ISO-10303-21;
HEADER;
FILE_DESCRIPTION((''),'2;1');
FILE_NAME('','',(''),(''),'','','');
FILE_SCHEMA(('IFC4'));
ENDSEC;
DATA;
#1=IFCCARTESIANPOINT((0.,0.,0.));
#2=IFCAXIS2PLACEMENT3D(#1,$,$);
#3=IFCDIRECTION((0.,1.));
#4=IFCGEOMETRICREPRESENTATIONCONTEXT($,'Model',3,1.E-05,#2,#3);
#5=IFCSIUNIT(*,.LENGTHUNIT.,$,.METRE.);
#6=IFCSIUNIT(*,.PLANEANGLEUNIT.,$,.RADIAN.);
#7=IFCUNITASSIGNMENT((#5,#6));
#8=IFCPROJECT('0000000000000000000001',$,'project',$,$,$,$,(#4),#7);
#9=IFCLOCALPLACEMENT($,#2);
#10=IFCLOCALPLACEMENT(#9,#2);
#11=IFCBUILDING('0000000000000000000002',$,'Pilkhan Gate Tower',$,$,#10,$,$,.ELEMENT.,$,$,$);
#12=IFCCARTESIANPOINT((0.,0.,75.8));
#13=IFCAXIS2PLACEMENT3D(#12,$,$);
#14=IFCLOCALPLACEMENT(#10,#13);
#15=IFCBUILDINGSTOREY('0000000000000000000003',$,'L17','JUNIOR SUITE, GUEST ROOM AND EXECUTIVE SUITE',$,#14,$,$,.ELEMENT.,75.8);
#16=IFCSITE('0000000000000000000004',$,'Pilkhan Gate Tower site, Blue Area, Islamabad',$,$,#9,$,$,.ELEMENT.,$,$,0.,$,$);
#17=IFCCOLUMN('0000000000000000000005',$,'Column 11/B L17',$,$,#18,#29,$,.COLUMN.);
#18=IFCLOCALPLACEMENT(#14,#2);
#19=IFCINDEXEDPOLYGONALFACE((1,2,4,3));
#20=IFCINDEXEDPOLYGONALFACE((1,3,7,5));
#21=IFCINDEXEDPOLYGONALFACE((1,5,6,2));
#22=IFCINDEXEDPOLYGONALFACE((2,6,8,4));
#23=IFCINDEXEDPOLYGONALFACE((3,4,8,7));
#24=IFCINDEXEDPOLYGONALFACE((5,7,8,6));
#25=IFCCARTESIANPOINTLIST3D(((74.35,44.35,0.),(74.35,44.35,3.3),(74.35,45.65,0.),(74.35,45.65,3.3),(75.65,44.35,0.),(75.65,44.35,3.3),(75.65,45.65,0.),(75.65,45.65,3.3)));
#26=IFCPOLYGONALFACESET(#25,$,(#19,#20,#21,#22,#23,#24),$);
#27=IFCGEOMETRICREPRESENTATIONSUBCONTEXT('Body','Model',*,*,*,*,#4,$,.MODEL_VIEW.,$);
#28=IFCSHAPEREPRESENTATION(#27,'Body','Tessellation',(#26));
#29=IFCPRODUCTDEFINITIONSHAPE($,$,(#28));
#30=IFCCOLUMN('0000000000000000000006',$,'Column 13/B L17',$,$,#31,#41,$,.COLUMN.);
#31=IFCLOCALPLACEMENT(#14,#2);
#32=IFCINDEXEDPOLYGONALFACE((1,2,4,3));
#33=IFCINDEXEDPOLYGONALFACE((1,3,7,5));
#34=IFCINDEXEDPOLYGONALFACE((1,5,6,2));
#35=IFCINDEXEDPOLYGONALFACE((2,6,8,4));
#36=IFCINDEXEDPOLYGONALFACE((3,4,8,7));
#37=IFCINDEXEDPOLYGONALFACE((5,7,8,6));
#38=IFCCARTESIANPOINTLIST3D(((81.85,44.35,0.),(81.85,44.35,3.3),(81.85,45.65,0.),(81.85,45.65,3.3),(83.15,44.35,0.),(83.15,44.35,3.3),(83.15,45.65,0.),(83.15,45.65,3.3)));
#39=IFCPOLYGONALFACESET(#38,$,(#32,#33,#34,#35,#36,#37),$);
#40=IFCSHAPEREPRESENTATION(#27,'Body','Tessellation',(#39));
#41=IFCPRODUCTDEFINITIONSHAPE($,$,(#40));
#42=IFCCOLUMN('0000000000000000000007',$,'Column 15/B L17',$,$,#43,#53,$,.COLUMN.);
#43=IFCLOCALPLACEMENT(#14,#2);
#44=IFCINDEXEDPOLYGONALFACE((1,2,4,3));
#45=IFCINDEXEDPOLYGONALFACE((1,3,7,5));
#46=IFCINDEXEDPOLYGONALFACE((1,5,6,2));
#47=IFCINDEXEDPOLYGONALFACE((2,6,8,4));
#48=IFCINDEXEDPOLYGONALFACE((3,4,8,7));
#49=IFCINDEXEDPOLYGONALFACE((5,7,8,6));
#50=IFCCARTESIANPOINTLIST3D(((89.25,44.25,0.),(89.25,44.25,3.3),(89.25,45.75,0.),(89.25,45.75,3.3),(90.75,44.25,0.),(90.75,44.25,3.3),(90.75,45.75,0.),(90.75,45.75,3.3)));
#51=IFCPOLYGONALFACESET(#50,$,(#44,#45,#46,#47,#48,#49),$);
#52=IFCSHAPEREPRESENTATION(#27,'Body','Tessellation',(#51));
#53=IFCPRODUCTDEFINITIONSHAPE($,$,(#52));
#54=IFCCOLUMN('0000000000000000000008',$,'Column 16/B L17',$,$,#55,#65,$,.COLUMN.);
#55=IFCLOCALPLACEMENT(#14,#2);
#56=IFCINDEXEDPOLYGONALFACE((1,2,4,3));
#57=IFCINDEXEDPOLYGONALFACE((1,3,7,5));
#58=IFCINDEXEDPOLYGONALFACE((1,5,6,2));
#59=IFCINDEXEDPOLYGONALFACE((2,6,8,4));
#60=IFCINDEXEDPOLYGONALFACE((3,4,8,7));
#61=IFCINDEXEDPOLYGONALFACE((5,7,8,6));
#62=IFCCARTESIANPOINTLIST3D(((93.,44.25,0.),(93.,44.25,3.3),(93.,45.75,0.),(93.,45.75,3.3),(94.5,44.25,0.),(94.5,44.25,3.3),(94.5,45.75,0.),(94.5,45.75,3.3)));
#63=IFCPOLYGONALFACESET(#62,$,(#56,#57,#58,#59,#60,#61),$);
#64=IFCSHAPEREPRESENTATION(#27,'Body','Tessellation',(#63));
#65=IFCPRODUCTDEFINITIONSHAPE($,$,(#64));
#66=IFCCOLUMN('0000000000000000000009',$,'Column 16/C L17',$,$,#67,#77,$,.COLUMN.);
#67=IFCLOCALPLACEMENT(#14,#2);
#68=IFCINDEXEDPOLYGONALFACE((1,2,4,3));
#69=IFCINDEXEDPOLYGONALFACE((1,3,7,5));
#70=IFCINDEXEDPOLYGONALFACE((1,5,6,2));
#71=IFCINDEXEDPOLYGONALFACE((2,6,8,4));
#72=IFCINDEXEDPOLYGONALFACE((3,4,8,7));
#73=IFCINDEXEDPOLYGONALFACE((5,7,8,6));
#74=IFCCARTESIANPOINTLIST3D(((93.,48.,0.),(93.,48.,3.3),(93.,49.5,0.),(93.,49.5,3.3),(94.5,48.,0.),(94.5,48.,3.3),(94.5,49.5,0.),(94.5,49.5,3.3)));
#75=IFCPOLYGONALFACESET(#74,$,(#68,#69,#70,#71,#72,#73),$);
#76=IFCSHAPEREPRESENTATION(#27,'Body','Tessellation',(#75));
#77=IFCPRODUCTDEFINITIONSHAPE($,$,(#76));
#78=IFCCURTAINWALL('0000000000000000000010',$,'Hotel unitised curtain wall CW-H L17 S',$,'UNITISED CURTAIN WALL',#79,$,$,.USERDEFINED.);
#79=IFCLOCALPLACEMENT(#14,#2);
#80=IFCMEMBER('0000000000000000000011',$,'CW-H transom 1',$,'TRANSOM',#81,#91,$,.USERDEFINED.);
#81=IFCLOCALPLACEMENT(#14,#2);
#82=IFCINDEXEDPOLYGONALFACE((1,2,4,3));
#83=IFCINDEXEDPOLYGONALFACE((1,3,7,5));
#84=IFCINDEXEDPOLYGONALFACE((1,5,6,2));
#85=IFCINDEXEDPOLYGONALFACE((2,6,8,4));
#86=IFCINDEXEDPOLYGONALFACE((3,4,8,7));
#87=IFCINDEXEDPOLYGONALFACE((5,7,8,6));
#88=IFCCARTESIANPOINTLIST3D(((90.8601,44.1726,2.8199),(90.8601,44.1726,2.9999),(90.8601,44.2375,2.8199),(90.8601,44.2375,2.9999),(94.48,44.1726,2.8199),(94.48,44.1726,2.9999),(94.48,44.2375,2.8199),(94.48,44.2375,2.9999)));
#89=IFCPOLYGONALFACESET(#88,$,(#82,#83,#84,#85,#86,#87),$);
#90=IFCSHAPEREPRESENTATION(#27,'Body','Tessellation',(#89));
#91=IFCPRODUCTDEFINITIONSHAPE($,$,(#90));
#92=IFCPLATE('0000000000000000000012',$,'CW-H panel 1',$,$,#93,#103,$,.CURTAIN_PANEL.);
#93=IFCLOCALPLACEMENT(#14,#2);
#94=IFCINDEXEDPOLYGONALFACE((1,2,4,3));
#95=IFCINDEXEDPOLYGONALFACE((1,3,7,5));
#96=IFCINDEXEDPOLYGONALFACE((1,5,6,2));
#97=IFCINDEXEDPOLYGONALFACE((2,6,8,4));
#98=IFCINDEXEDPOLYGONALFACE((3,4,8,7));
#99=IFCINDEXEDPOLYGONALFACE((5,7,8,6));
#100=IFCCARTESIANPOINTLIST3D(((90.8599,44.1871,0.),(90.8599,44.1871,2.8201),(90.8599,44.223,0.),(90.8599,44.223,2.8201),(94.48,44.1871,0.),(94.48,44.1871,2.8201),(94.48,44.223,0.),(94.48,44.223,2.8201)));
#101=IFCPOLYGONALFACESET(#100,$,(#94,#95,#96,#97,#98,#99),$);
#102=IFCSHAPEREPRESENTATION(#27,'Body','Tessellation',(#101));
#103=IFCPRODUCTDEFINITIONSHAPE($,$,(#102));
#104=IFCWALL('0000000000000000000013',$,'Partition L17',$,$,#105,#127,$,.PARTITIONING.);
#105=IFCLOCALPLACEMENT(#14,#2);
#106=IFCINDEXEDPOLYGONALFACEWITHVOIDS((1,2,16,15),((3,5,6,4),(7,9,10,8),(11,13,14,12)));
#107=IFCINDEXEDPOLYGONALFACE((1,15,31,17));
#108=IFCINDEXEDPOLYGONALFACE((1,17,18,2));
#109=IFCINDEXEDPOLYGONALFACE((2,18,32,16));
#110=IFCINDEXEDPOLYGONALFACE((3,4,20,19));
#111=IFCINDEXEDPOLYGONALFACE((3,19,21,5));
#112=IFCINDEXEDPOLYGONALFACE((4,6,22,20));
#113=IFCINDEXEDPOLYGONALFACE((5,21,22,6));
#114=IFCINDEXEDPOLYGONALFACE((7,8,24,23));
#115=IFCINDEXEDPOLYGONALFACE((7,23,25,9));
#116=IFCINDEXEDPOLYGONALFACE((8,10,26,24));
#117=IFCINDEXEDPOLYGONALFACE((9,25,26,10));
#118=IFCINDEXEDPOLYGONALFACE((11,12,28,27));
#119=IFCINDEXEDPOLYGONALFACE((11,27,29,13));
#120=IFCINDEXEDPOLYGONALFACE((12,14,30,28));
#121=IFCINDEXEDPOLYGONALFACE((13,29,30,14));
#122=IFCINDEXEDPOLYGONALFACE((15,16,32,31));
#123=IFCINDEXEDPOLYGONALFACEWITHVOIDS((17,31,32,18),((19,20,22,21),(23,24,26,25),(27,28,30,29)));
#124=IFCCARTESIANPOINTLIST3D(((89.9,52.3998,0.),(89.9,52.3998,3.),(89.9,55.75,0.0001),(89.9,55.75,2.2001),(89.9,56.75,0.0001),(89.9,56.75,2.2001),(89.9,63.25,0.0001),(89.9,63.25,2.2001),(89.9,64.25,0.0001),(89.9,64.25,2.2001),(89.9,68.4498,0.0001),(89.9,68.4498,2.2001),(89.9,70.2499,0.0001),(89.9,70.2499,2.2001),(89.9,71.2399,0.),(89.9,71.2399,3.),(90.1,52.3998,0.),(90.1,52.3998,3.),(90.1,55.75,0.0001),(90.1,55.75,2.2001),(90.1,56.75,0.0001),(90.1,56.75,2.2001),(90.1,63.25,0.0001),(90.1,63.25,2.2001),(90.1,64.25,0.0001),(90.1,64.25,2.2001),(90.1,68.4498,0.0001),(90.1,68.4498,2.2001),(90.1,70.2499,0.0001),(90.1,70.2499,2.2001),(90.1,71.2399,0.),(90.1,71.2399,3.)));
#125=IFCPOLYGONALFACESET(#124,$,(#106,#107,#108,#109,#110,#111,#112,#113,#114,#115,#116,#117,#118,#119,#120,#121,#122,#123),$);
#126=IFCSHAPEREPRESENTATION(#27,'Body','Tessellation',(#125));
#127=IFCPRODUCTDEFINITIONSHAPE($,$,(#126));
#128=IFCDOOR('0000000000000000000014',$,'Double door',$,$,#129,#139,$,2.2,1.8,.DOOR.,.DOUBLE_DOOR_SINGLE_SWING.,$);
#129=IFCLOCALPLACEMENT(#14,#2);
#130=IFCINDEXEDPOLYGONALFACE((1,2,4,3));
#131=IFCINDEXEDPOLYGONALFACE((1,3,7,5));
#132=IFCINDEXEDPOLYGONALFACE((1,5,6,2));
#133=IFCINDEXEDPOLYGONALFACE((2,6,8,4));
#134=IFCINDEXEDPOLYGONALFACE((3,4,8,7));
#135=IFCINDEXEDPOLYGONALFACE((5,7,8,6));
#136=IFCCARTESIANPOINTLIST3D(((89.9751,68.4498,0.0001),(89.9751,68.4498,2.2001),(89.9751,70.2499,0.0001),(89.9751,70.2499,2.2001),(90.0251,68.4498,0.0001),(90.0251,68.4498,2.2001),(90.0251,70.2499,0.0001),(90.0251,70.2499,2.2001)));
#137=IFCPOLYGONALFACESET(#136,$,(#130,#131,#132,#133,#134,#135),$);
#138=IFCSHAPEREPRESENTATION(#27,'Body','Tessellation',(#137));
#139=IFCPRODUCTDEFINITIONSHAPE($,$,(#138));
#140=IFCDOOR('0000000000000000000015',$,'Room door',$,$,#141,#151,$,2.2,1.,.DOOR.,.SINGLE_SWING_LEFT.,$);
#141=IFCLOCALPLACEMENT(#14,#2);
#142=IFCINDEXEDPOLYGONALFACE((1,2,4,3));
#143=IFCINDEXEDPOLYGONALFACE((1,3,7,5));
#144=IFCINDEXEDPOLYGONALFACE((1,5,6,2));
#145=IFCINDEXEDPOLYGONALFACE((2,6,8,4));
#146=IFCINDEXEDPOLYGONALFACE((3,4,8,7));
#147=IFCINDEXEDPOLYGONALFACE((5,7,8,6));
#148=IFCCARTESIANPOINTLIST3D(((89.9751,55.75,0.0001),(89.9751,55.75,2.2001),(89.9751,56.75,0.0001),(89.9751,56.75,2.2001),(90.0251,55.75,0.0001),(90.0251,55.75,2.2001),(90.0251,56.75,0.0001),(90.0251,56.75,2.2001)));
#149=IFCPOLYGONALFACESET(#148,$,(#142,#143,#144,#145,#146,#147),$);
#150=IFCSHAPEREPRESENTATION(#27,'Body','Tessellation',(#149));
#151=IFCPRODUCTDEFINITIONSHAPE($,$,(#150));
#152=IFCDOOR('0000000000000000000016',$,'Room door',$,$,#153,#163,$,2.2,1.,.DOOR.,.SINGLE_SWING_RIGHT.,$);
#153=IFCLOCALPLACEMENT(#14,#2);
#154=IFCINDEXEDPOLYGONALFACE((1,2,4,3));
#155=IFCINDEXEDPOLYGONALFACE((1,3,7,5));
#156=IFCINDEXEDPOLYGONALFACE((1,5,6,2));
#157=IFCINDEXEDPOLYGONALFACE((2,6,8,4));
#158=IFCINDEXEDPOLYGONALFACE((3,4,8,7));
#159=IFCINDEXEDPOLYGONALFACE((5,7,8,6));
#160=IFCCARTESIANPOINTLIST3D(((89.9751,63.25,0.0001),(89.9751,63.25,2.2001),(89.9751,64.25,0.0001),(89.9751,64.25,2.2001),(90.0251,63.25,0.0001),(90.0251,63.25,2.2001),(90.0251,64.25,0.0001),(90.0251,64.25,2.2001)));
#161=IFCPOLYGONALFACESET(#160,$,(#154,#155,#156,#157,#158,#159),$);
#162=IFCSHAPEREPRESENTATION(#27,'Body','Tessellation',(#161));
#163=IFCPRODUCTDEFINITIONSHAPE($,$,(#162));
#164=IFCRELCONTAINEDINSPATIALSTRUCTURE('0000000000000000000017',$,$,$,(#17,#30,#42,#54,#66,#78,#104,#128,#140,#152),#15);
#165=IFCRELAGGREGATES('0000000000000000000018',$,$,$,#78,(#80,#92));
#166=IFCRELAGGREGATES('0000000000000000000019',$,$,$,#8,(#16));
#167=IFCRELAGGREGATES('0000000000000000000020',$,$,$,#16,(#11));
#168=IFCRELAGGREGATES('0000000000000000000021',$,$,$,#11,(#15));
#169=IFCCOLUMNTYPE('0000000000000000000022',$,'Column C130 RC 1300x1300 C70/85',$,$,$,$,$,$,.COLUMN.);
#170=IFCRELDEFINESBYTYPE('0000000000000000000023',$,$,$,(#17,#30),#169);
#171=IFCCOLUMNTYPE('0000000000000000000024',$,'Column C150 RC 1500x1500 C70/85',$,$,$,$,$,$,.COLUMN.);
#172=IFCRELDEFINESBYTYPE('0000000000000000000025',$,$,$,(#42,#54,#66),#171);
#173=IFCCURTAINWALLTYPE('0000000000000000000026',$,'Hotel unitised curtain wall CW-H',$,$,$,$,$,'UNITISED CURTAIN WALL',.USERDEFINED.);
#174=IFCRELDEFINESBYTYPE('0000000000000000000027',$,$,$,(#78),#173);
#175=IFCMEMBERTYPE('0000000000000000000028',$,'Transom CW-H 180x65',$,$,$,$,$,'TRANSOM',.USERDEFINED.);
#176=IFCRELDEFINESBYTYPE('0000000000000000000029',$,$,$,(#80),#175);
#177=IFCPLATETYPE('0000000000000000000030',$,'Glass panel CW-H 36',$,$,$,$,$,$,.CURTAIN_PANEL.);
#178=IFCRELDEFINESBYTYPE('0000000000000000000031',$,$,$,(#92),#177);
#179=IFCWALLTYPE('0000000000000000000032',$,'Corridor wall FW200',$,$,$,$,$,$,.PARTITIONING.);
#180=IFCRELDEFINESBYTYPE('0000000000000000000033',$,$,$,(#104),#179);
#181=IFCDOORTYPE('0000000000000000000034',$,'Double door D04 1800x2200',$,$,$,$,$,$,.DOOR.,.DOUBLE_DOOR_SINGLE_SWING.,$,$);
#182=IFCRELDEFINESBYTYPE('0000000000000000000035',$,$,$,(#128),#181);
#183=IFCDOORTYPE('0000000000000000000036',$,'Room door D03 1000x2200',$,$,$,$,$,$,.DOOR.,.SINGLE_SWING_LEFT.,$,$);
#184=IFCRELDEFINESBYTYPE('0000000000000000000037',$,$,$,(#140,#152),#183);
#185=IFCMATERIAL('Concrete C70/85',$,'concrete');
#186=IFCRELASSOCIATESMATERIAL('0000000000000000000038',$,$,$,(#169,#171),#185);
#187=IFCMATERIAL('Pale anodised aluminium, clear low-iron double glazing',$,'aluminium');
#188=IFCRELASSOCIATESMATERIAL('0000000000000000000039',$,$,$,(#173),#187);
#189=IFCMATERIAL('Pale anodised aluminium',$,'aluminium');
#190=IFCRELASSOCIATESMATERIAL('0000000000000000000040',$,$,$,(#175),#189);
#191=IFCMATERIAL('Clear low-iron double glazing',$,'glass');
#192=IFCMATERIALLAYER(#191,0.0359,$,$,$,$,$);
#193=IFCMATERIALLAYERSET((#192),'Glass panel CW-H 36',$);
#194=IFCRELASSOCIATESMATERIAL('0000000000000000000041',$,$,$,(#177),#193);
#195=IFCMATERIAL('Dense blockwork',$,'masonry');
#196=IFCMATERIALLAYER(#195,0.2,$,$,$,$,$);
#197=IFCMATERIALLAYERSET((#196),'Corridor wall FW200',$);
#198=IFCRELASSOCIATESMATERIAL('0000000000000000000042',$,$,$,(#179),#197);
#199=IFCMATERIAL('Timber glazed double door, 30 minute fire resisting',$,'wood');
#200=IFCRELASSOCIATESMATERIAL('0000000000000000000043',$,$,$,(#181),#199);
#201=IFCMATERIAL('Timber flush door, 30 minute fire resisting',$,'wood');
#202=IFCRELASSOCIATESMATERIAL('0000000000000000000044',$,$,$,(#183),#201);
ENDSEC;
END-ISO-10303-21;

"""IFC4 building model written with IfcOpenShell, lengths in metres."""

from ifc_helpers import new_model, si_unit, direction, frame, frame_2d, origin, origin_2d, place, context, subcontext, project, spatial, rectangle, extrude, material, layer, layer_set, material_profile, profile_set, type_object, element, fill, aggregate, save


model = new_model("IFC4")

# Units and contexts
model_context = context("Model", 3, precision=1e-05, world=origin(), true_north=direction((0.0, 1.0)))
body_context = subcontext(model_context, "Body", "Model", "MODEL_VIEW")
ifc_project = project(units=[si_unit("LENGTHUNIT", "METRE"), si_unit("PLANEANGLEUNIT", "RADIAN")], contexts=[model_context])

# Site, building, storey
site_placement = place(None, origin())
site = spatial("IfcSite", under=ifc_project, at=site_placement, Name="Pilkhan Gate Tower site, Blue Area, Islamabad", CompositionType="ELEMENT", RefElevation=0.0)
building_placement = place(site_placement, origin())
building = spatial("IfcBuilding", under=site, at=building_placement, Name="Pilkhan Gate Tower", CompositionType="ELEMENT")
storey_placement = place(building_placement, frame((0.0, 0.0, 75.8)))
storey = spatial("IfcBuildingStorey", under=building, at=storey_placement, Name="L17", Description="JUNIOR SUITE, GUEST ROOM AND EXECUTIVE SUITE", CompositionType="ELEMENT", Elevation=75.8)

# Columns
ifc_material_1 = material(Name="Concrete C70/85", Category="concrete")
ifc_material_profile_1 = material_profile(ifc_material_1, rectangle(XDim=1.3, YDim=1.3, at=origin_2d()), Name="RC 1300x1300")
ifc_profile_set_1 = profile_set([ifc_material_profile_1], Name="Concrete C70/85")
column_type_1 = type_object("IfcColumnType", Name="Column C130 RC 1300x1300 C70/85", PredefinedType="COLUMN", material=ifc_profile_set_1)
for number, where, z_axis, x_axis, name in (
    (1, (75.0, 45.0, 0.0), (0.0, 0.0, 1.0), (1.0, 0.0, 0.0), "Column 11/B L17"),
    (2, (82.5, 45.0, 0.0), (0.0, 0.0, 1.0), (1.0, 0.0, 0.0), "Column 13/B L17"),
):
    element("IfcColumn", number, at=place(storey_placement, frame(where, z_axis=z_axis, x_axis=x_axis)), inside=storey, type_object=column_type_1, Name=name, PredefinedType="COLUMN", context=body_context, shape_type="SweptSolid", body=[
        extrude(rectangle(XDim=1.3, YDim=1.3, at=origin_2d()), origin(), (0.0, 0.0, 1.0), 3.3),
    ])
ifc_material_profile_2 = material_profile(ifc_material_1, rectangle(XDim=1.5, YDim=1.5, at=origin_2d()), Name="RC 1500x1500")
ifc_profile_set_2 = profile_set([ifc_material_profile_2], Name="Concrete C70/85")
column_type_2 = type_object("IfcColumnType", Name="Column C150 RC 1500x1500 C70/85", PredefinedType="COLUMN", material=ifc_profile_set_2)
for number, where, z_axis, x_axis, name in (
    (3, (90.0, 45.0, 0.0), (0.0, 0.0, 1.0), (1.0, 0.0, 0.0), "Column 15/B L17"),
    (4, (93.75, 45.0, 0.0), (0.0, 0.0, 1.0), (1.0, 0.0, 0.0), "Column 16/B L17"),
    (5, (93.75, 48.75, 0.0), (0.0, 0.0, 1.0), (1.0, 0.0, 0.0), "Column 16/C L17"),
):
    element("IfcColumn", number, at=place(storey_placement, frame(where, z_axis=z_axis, x_axis=x_axis)), inside=storey, type_object=column_type_2, Name=name, PredefinedType="COLUMN", context=body_context, shape_type="SweptSolid", body=[
        extrude(rectangle(XDim=1.5, YDim=1.5, at=origin_2d()), origin(), (0.0, 0.0, 1.0), 3.3),
    ])

# Curtain wall, member, plate
ifc_material_2 = material(Name="Pale anodised aluminium, clear low-iron double glazing", Category="aluminium")
curtain_wall_type = type_object("IfcCurtainWallType", Name="Hotel unitised curtain wall CW-H", ElementType="UNITISED CURTAIN WALL", PredefinedType="USERDEFINED", material=ifc_material_2)
curtain_wall_placement = place(storey_placement, origin())
curtain_wall = element("IfcCurtainWall", 6, at=curtain_wall_placement, inside=storey, type_object=curtain_wall_type, Name="Hotel unitised curtain wall CW-H L17 S", ObjectType="UNITISED CURTAIN WALL", PredefinedType="USERDEFINED")
ifc_material_3 = material(Name="Pale anodised aluminium", Category="aluminium")
ifc_material_profile_3 = material_profile(ifc_material_3, rectangle(XDim=0.0649, YDim=0.1799, at=origin_2d()), Name="Transom 180x65")
ifc_profile_set_3 = profile_set([ifc_material_profile_3], Name="Pale anodised aluminium")
member_type = type_object("IfcMemberType", Name="Transom CW-H 180x65", ElementType="TRANSOM", PredefinedType="USERDEFINED", material=ifc_profile_set_3)
member_placement = place(storey_placement, frame((90.8601, 44.2051, 2.9099), z_axis=(1.0, 0.0, 0.0), x_axis=(0.0, 1.0, 0.0)))
member = element("IfcMember", 7, at=member_placement, type_object=member_type, Name="CW-H transom 1", ObjectType="TRANSOM", PredefinedType="USERDEFINED", context=body_context, shape_type="SweptSolid", body=[
    extrude(rectangle(XDim=0.0649, YDim=0.1799, at=origin_2d()), origin(), (0.0, 0.0, 1.0), 3.6199),
])
ifc_material_4 = material(Name="Clear low-iron double glazing", Category="glass")
ifc_layer_1 = layer(ifc_material_4, 0.0359)
ifc_layer_set_1 = layer_set([ifc_layer_1], Name="Glass panel CW-H 36")
plate_type = type_object("IfcPlateType", Name="Glass panel CW-H 36", PredefinedType="CURTAIN_PANEL", material=ifc_layer_set_1)
plate_placement = place(storey_placement, frame((92.6699, 44.2051, 0.0), z_axis=(0.0, 0.0, 1.0), x_axis=(1.0, 0.0, 0.0)))
plate = element("IfcPlate", 8, at=plate_placement, type_object=plate_type, Name="CW-H panel 1", PredefinedType="CURTAIN_PANEL", context=body_context, shape_type="SweptSolid", body=[
    extrude(rectangle(XDim=3.6201, YDim=0.0359, at=origin_2d()), origin(), (0.0, 0.0, 1.0), 2.8201),
])
aggregate(curtain_wall, [member, plate])

# Wall, openings, doors
ifc_material_5 = material(Name="Dense blockwork", Category="masonry")
ifc_layer_2 = layer(ifc_material_5, 0.2)
ifc_layer_set_2 = layer_set([ifc_layer_2], Name="Corridor wall FW200")
wall_type_1 = type_object("IfcWallType", Name="Corridor wall FW200", PredefinedType="PARTITIONING", material=ifc_layer_set_2)
wall_1_placement = place(storey_placement, frame((90.0, 52.3999, 0.0), z_axis=(0.0, 0.0, 1.0), x_axis=(0.0, 1.0, 0.0)))
wall_1 = element("IfcWall", 9, at=wall_1_placement, inside=storey, type_object=wall_type_1, Name="Partition L17", PredefinedType="PARTITIONING", context=body_context, shape_type="SweptSolid", body=[
    extrude(rectangle(XDim=18.8401, YDim=0.2, at=frame_2d((9.4199, 0.0))), origin(), (0.0, 0.0, 1.0), 3.0),
])
opening_1_placement = place(wall_1_placement, frame((3.3501, 0.0, 0.0)))
opening_1 = element("IfcOpeningElement", 10, at=opening_1_placement, cuts=wall_1, PredefinedType="OPENING", context=body_context, shape_type="SweptSolid", body=[
    extrude(rectangle(XDim=1.0, YDim=2.2, at=frame_2d((0.5, 1.1001))), frame((0.0, 0.1099, 0.0), z_axis=(0.0, -1.0, 0.0), x_axis=(1.0, 0.0, 0.0)), (0.0, 0.0, 1.0), 0.22),
])
opening_2_placement = place(wall_1_placement, frame((10.8501, 0.0, 0.0)))
opening_2 = element("IfcOpeningElement", 11, at=opening_2_placement, cuts=wall_1, PredefinedType="OPENING", context=body_context, shape_type="SweptSolid", body=[
    extrude(rectangle(XDim=1.0, YDim=2.2, at=frame_2d((0.5, 1.1001))), frame((0.0, 0.1099, 0.0), z_axis=(0.0, -1.0, 0.0), x_axis=(1.0, 0.0, 0.0)), (0.0, 0.0, 1.0), 0.22),
])
opening_3_placement = place(wall_1_placement, frame((16.05, 0.0, 0.0)))
opening_3 = element("IfcOpeningElement", 12, at=opening_3_placement, cuts=wall_1, PredefinedType="OPENING", context=body_context, shape_type="SweptSolid", body=[
    extrude(rectangle(XDim=1.8, YDim=2.2, at=frame_2d((0.8999, 1.1001))), frame((0.0, 0.1099, 0.0), z_axis=(0.0, -1.0, 0.0), x_axis=(1.0, 0.0, 0.0)), (0.0, 0.0, 1.0), 0.22),
])
ifc_material_6 = material(Name="Timber glazed double door, 30 minute fire resisting", Category="wood")
door_type_1 = type_object("IfcDoorType", Name="Double door D04 1800x2200", OperationType="DOUBLE_DOOR_SINGLE_SWING", PredefinedType="DOOR", material=ifc_material_6)
door_1_placement = place(opening_3_placement, origin())
door_1 = element("IfcDoor", 13, at=door_1_placement, inside=storey, type_object=door_type_1, Name="Double door", OperationType="DOUBLE_DOOR_SINGLE_SWING", OverallHeight=2.2, OverallWidth=1.8, PredefinedType="DOOR", context=body_context, shape_type="SweptSolid", body=[
    extrude(rectangle(XDim=1.8, YDim=2.2, at=frame_2d((0.8999, 1.1001))), frame((0.0, 0.0249, 0.0), z_axis=(0.0, -1.0, 0.0), x_axis=(1.0, 0.0, 0.0)), (0.0, 0.0, 1.0), 0.05),
])
fill(opening_3, door_1)
ifc_material_7 = material(Name="Timber flush door, 30 minute fire resisting", Category="wood")
door_type_2 = type_object("IfcDoorType", Name="Room door D03 1000x2200", OperationType="SINGLE_SWING_LEFT", PredefinedType="DOOR", material=ifc_material_7)
door_2_placement = place(opening_1_placement, origin())
door_2 = element("IfcDoor", 14, at=door_2_placement, inside=storey, type_object=door_type_2, Name="Room door", OperationType="SINGLE_SWING_LEFT", OverallHeight=2.2, OverallWidth=1.0, PredefinedType="DOOR", context=body_context, shape_type="SweptSolid", body=[
    extrude(rectangle(XDim=1.0, YDim=2.2, at=frame_2d((0.5, 1.1001))), frame((0.0, 0.0249, 0.0), z_axis=(0.0, -1.0, 0.0), x_axis=(1.0, 0.0, 0.0)), (0.0, 0.0, 1.0), 0.05),
])
fill(opening_1, door_2)
door_3_placement = place(opening_2_placement, origin())
door_3 = element("IfcDoor", 15, at=door_3_placement, inside=storey, type_object=door_type_2, Name="Room door", OperationType="SINGLE_SWING_RIGHT", OverallHeight=2.2, OverallWidth=1.0, PredefinedType="DOOR", context=body_context, shape_type="SweptSolid", body=[
    extrude(rectangle(XDim=1.0, YDim=2.2, at=frame_2d((0.5, 1.1001))), frame((0.0, 0.0249, 0.0), z_axis=(0.0, -1.0, 0.0), x_axis=(1.0, 0.0, 0.0)), (0.0, 0.0, 1.0), 0.05),
])
fill(opening_2, door_3)

save(model, "model.ifc")
